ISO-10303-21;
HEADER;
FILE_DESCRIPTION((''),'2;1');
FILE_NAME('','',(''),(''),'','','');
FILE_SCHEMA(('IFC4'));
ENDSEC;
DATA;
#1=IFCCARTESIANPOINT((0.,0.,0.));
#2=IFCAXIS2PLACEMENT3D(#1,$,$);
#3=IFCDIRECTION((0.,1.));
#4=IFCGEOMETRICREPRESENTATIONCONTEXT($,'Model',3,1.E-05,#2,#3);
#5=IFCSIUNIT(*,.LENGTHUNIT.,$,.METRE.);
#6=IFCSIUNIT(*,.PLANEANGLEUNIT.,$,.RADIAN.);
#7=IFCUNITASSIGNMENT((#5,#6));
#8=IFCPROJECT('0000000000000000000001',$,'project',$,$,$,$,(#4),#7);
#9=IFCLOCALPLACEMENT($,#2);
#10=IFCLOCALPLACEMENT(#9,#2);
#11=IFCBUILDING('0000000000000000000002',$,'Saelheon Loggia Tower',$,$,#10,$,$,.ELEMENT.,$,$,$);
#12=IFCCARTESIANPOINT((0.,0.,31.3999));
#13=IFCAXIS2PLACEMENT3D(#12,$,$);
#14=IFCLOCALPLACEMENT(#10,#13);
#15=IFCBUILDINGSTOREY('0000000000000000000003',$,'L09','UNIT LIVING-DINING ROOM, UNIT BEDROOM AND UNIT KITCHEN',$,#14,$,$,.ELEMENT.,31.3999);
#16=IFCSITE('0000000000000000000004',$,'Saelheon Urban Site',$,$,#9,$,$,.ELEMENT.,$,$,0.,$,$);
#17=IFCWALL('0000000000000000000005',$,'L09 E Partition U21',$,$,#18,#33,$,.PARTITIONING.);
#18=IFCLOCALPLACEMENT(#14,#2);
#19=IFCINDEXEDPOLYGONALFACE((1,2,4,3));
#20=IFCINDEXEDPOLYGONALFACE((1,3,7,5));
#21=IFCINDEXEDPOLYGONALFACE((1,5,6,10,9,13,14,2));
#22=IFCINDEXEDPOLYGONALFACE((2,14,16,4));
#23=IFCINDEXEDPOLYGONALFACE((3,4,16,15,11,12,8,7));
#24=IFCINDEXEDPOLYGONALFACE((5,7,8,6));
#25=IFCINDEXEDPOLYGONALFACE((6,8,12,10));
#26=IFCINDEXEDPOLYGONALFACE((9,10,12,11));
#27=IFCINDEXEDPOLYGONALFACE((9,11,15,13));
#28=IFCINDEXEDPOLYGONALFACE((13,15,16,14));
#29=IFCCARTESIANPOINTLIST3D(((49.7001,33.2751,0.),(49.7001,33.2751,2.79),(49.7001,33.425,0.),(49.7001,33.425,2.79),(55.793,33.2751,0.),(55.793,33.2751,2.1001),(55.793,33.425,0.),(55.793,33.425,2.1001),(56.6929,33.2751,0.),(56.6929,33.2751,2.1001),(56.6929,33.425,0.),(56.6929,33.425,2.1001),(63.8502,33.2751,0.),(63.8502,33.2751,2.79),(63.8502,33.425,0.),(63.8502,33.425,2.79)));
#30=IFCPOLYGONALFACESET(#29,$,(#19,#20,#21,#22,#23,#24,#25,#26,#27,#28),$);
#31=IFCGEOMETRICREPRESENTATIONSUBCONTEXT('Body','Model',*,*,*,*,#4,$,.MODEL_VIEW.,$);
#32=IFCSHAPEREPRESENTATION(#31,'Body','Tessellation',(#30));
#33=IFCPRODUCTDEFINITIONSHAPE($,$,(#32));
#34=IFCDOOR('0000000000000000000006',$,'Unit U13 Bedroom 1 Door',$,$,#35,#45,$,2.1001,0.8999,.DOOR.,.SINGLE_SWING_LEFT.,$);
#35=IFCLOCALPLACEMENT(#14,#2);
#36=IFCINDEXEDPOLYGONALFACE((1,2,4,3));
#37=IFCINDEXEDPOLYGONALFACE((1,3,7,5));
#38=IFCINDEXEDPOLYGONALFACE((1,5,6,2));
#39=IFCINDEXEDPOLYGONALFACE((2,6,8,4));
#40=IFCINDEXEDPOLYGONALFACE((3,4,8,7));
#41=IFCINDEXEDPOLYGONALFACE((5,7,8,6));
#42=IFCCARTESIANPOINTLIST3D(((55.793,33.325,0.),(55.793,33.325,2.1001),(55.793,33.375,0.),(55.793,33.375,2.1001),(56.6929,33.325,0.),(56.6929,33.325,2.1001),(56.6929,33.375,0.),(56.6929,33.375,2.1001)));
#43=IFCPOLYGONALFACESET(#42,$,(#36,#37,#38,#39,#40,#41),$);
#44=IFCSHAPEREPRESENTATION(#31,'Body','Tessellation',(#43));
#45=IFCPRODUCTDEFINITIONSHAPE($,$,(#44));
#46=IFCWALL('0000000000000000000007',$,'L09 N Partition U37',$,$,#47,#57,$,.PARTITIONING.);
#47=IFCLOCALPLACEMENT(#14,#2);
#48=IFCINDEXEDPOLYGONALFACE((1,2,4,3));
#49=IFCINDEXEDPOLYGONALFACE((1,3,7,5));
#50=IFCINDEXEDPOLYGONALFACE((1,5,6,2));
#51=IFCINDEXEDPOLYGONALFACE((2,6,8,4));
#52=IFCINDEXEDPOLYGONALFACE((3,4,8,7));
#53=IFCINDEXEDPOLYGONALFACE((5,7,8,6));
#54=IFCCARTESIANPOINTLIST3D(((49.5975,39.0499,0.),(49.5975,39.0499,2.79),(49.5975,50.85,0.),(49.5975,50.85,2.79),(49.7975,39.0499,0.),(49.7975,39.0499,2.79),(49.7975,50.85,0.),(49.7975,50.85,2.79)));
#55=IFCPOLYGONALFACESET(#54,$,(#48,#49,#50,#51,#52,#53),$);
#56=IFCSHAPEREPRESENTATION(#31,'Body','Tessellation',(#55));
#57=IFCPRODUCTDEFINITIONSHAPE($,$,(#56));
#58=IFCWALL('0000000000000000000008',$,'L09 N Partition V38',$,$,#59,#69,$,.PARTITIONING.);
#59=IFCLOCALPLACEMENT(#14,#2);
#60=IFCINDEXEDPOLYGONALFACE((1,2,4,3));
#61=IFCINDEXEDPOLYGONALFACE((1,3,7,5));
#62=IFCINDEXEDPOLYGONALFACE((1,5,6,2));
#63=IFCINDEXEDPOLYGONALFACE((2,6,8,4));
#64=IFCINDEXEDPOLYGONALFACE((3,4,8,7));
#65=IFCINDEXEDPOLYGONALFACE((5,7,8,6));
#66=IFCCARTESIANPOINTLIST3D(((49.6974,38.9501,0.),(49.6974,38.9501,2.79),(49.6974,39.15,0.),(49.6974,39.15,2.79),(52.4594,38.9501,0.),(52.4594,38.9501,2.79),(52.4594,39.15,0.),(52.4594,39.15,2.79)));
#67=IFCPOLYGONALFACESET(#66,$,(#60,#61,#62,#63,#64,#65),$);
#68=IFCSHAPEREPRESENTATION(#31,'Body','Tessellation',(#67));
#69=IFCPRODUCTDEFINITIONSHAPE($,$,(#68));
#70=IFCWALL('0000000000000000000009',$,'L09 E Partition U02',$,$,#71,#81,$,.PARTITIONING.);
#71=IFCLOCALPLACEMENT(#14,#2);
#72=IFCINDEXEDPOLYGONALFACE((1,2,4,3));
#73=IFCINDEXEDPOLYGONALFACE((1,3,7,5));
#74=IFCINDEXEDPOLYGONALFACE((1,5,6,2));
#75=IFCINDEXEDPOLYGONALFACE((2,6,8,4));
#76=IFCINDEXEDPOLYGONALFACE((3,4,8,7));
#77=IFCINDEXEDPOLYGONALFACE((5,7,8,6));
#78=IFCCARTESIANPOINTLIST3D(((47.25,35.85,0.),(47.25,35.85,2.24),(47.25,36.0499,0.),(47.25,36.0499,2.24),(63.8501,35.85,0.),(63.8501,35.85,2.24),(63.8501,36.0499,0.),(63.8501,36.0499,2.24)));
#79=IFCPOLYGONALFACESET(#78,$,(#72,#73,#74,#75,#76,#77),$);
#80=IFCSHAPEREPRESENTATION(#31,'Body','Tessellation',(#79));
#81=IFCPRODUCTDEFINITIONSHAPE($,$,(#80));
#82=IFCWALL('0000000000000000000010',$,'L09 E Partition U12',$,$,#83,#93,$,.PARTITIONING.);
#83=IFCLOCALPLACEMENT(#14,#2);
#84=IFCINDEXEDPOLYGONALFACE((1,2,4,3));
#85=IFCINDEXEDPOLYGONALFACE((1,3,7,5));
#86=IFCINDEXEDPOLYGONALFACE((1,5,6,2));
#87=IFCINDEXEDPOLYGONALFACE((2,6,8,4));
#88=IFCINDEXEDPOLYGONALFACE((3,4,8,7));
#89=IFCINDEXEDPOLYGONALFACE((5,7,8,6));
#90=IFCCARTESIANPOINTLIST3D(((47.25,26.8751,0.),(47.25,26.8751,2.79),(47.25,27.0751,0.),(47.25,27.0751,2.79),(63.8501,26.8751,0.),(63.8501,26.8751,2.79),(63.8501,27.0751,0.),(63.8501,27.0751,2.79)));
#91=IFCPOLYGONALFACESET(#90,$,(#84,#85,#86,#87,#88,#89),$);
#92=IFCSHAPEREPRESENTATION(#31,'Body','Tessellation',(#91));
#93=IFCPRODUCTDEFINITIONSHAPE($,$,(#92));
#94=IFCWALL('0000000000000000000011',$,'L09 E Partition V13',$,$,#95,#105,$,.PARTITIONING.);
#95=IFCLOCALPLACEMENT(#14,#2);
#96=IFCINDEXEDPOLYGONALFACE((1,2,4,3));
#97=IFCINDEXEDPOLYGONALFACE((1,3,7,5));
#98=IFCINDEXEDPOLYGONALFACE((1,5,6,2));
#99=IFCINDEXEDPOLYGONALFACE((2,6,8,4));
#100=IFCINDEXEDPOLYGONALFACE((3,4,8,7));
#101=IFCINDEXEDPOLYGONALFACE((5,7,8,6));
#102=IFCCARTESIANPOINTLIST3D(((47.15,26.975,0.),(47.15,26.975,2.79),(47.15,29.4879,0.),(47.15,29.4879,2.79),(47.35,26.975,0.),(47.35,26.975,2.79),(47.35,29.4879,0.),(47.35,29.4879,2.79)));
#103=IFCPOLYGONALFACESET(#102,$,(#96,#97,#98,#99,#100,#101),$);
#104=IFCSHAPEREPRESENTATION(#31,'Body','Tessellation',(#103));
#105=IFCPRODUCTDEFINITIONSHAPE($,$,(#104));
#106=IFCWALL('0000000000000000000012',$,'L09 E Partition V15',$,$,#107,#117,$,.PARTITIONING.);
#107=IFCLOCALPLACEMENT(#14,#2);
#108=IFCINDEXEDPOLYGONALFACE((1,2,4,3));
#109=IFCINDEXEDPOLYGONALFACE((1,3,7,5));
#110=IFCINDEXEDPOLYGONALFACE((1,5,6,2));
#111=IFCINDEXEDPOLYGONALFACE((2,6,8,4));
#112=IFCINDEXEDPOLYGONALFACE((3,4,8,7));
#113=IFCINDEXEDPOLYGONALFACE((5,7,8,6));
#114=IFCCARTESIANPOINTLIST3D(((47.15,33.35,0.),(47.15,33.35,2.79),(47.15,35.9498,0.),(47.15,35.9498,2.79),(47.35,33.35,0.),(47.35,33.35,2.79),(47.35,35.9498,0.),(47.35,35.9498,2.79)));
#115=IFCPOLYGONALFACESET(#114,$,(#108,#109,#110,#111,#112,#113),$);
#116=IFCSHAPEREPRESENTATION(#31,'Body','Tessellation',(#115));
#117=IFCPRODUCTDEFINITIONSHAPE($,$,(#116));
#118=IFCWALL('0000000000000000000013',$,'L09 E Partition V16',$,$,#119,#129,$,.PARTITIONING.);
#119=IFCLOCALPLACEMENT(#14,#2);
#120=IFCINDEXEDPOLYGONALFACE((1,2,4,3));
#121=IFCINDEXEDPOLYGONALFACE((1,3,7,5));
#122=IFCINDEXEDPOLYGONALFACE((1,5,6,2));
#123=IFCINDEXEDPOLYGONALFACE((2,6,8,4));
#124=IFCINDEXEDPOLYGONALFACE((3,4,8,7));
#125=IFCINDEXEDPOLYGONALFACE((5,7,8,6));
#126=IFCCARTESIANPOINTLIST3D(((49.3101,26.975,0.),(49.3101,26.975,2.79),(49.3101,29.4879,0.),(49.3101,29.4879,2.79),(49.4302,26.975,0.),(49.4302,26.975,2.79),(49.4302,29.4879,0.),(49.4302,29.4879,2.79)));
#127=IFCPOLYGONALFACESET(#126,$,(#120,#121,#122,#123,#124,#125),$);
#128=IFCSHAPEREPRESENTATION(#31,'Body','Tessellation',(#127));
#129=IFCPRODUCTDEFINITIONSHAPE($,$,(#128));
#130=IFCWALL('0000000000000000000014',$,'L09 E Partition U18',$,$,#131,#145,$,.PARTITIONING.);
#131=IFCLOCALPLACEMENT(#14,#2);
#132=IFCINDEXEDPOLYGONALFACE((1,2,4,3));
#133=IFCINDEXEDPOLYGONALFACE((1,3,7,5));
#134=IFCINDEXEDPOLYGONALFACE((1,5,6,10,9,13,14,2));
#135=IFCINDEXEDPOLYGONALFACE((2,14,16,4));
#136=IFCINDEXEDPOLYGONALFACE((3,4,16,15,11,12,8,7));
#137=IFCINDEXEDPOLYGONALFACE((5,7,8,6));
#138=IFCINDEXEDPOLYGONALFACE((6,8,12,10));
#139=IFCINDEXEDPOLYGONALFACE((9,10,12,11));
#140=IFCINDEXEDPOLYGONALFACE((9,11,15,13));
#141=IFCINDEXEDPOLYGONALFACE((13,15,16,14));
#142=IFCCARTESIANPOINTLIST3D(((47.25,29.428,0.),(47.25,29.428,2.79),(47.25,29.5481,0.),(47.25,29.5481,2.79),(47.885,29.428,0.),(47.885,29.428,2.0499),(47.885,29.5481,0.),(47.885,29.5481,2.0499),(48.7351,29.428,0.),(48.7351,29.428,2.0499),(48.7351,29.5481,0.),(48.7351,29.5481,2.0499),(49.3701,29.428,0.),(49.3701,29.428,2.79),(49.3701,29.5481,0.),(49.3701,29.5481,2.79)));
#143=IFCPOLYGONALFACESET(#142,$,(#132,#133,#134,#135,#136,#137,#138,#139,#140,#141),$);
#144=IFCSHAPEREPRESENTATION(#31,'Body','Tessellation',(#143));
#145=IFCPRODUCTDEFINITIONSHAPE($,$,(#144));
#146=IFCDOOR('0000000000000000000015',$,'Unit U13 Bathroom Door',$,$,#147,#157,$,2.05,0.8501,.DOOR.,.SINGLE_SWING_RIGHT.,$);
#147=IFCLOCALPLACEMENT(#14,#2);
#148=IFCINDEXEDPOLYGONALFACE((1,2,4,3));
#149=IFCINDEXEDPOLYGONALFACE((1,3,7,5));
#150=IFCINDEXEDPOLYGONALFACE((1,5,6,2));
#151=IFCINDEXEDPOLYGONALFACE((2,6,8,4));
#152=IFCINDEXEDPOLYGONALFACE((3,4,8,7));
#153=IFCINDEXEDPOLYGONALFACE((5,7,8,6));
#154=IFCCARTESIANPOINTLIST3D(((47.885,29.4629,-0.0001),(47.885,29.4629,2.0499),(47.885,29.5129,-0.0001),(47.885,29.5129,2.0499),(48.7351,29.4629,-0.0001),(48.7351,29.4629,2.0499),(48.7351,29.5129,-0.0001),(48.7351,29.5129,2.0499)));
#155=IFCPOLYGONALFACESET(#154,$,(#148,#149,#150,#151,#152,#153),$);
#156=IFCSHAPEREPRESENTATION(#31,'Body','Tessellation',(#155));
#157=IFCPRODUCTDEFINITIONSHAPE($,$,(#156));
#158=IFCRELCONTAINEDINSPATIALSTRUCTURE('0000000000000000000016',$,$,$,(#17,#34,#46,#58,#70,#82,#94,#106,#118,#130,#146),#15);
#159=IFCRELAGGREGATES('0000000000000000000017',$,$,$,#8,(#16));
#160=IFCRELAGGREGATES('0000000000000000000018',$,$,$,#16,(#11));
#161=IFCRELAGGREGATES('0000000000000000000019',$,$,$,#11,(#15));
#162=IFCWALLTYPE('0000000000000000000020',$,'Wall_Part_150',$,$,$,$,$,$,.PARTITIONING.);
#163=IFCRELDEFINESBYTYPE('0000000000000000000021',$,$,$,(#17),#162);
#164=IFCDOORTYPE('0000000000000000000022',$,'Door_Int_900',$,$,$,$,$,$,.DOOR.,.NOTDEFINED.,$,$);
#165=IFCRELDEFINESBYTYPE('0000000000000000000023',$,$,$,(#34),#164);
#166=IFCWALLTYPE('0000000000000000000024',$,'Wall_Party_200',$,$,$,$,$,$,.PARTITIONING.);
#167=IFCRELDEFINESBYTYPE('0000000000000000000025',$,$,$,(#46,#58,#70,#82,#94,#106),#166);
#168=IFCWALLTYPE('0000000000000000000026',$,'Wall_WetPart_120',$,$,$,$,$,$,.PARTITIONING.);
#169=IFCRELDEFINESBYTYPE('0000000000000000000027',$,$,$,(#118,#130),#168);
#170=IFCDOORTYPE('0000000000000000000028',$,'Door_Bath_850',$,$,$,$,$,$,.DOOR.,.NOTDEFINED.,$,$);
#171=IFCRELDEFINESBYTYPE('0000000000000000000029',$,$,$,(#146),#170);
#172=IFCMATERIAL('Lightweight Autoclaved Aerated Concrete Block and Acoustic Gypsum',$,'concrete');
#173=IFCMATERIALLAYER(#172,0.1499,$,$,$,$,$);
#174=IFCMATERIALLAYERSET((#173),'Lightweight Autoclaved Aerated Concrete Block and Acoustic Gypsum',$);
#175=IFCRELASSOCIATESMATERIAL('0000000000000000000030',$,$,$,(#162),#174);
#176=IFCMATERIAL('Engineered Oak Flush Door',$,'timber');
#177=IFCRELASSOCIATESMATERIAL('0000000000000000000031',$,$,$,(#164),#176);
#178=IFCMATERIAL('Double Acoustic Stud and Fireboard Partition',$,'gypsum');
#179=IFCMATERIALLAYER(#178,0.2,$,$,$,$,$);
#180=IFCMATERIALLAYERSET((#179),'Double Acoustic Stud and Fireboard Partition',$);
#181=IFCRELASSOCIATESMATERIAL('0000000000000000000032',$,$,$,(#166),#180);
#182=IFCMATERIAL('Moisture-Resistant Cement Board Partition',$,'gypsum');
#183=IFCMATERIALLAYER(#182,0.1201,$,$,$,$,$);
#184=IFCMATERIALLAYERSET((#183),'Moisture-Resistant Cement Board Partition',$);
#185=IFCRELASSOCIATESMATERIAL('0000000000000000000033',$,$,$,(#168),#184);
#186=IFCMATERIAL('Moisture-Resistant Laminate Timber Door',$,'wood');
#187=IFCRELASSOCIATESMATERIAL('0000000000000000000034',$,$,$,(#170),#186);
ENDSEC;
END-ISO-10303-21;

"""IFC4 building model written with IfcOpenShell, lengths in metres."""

from ifc_helpers import new_model, si_unit, direction, frame, frame_2d, origin, place, context, subcontext, project, spatial, rectangle, extrude, source, transform, mapped, material, layer, layer_set, type_object, element, fill, save


model = new_model("IFC4")

# Units and contexts
model_context = context("Model", 3, precision=1e-05, world=origin(), true_north=direction((0.0, 1.0)))
body_context = subcontext(model_context, "Body", "Model", "MODEL_VIEW")
ifc_project = project(units=[si_unit("LENGTHUNIT", "METRE"), si_unit("PLANEANGLEUNIT", "RADIAN")], contexts=[model_context])

# Site, building, storey
site_placement = place(None, origin())
site = spatial("IfcSite", under=ifc_project, at=site_placement, Name="Saelheon Urban Site", CompositionType="ELEMENT", RefElevation=0.0)
building_placement = place(site_placement, origin())
building = spatial("IfcBuilding", under=site, at=building_placement, Name="Saelheon Loggia Tower", CompositionType="ELEMENT")
storey_placement = place(building_placement, frame((0.0, 0.0, 31.3999)))
storey = spatial("IfcBuildingStorey", under=building, at=storey_placement, Name="L09", Description="UNIT LIVING-DINING ROOM, UNIT BEDROOM AND UNIT KITCHEN", CompositionType="ELEMENT", Elevation=31.3999)

# Shared definitions
ifc_material_1 = material(Name="Lightweight Autoclaved Aerated Concrete Block and Acoustic Gypsum", Category="concrete")
ifc_layer_1 = layer(ifc_material_1, 0.1499)
ifc_layer_set_1 = layer_set([ifc_layer_1], Name="Lightweight Autoclaved Aerated Concrete Block and Acoustic Gypsum")
wall_type_1 = type_object("IfcWallType", Name="Wall_Part_150", PredefinedType="PARTITIONING", material=ifc_layer_set_1)
ifc_material_2 = material(Name="Engineered Oak Flush Door", Category="timber")
door_type_1 = type_object("IfcDoorType", Name="Door_Int_900", OperationType="NOTDEFINED", PredefinedType="DOOR", material=ifc_material_2)
shared_shape_1 = source(origin(), body_context, "Body", "SweptSolid", [
    extrude(rectangle(XDim=0.8999, YDim=2.1001, at=frame_2d((0.45, 1.05))), frame((0.0, 0.0249, 0.0), z_axis=(0.0, -1.0, 0.0), x_axis=(1.0, 0.0, 0.0)), (0.0, 0.0, 1.0), 0.05),
])

# Wall, opening, door
wall_1_placement = place(storey_placement, frame((49.7, 33.3501, 0.0), z_axis=(0.0, 0.0, 1.0), x_axis=(1.0, 0.0, 0.0)))
wall_1 = element("IfcWall", 1, at=wall_1_placement, inside=storey, type_object=wall_type_1, Name="L09 E Partition U21", PredefinedType="PARTITIONING", context=body_context, shape_type="SweptSolid", body=[
    extrude(rectangle(XDim=14.1501, YDim=0.1499, at=frame_2d((7.0752, 0.0))), origin(), (0.0, 0.0, 1.0), 2.79),
])
opening_1_placement = place(wall_1_placement, frame((6.093, 0.0, 0.0)))
opening_1 = element("IfcOpeningElement", 2, at=opening_1_placement, cuts=wall_1, PredefinedType="OPENING", context=body_context, shape_type="SweptSolid", body=[
    extrude(rectangle(XDim=0.8999, YDim=2.1001, at=frame_2d((0.45, 1.05))), frame((0.0, 0.0869, 0.0), z_axis=(0.0, -1.0, 0.0), x_axis=(1.0, 0.0, 0.0)), (0.0, 0.0, 1.0), 0.1738),
])
door_1_placement = place(opening_1_placement, origin())
door_1 = element("IfcDoor", 3, at=door_1_placement, inside=storey, type_object=door_type_1, Name="Unit U13 Bedroom 1 Door", OperationType="SINGLE_SWING_LEFT", OverallHeight=2.1001, OverallWidth=0.8999, PredefinedType="DOOR", context=body_context, shape_type="MappedRepresentation", body=[
    mapped(shared_shape_1, transform((0.0, 0.0, 0.0), scale=1.0)),
])
fill(opening_1, door_1)

# Walls
ifc_material_3 = material(Name="Double Acoustic Stud and Fireboard Partition", Category="gypsum")
ifc_layer_2 = layer(ifc_material_3, 0.2)
ifc_layer_set_2 = layer_set([ifc_layer_2], Name="Double Acoustic Stud and Fireboard Partition")
wall_type_2 = type_object("IfcWallType", Name="Wall_Party_200", PredefinedType="PARTITIONING", material=ifc_layer_set_2)
wall_2_placement = place(storey_placement, frame((49.6975, 39.05, 0.0), z_axis=(0.0, 0.0, 1.0), x_axis=(0.0, 1.0, 0.0)))
element("IfcWall", 4, at=wall_2_placement, inside=storey, type_object=wall_type_2, Name="L09 N Partition U37", PredefinedType="PARTITIONING", context=body_context, shape_type="SweptSolid", body=[
    extrude(rectangle(XDim=11.8, YDim=0.2, at=frame_2d((5.8999, 0.0))), origin(), (0.0, 0.0, 1.0), 2.79),
])
wall_3_placement = place(storey_placement, frame((49.6975, 39.05, 0.0), z_axis=(0.0, 0.0, 1.0), x_axis=(1.0, 0.0, 0.0)))
element("IfcWall", 5, at=wall_3_placement, inside=storey, type_object=wall_type_2, Name="L09 N Partition V38", PredefinedType="PARTITIONING", context=body_context, shape_type="SweptSolid", body=[
    extrude(rectangle(XDim=2.762, YDim=0.2, at=frame_2d((1.3809, 0.0))), origin(), (0.0, 0.0, 1.0), 2.79),
])
wall_4_placement = place(storey_placement, frame((47.25, 35.95, 0.0), z_axis=(0.0, 0.0, 1.0), x_axis=(1.0, 0.0, 0.0)))
element("IfcWall", 6, at=wall_4_placement, inside=storey, type_object=wall_type_2, Name="L09 E Partition U02", PredefinedType="PARTITIONING", context=body_context, shape_type="SweptSolid", body=[
    extrude(rectangle(XDim=16.6001, YDim=0.2, at=frame_2d((8.3, 0.0))), origin(), (0.0, 0.0, 1.0), 2.24),
])
wall_5_placement = place(storey_placement, frame((47.25, 26.9751, 0.0), z_axis=(0.0, 0.0, 1.0), x_axis=(1.0, 0.0, 0.0)))
element("IfcWall", 7, at=wall_5_placement, inside=storey, type_object=wall_type_2, Name="L09 E Partition U12", PredefinedType="PARTITIONING", context=body_context, shape_type="SweptSolid", body=[
    extrude(rectangle(XDim=16.6001, YDim=0.2, at=frame_2d((8.3, 0.0))), origin(), (0.0, 0.0, 1.0), 2.79),
])
wall_6_placement = place(storey_placement, frame((47.25, 26.9751, 0.0), z_axis=(0.0, 0.0, 1.0), x_axis=(0.0, 1.0, 0.0)))
element("IfcWall", 8, at=wall_6_placement, inside=storey, type_object=wall_type_2, Name="L09 E Partition V13", PredefinedType="PARTITIONING", context=body_context, shape_type="SweptSolid", body=[
    extrude(rectangle(XDim=2.5129, YDim=0.2, at=frame_2d((1.2563, 0.0))), origin(), (0.0, 0.0, 1.0), 2.79),
])

# Walls
wall_7_placement = place(storey_placement, frame((47.25, 33.3501, 0.0), z_axis=(0.0, 0.0, 1.0), x_axis=(0.0, 1.0, 0.0)))
element("IfcWall", 9, at=wall_7_placement, inside=storey, type_object=wall_type_2, Name="L09 E Partition V15", PredefinedType="PARTITIONING", context=body_context, shape_type="SweptSolid", body=[
    extrude(rectangle(XDim=2.5999, YDim=0.2, at=frame_2d((1.2998, 0.0))), origin(), (0.0, 0.0, 1.0), 2.79),
])
ifc_material_4 = material(Name="Moisture-Resistant Cement Board Partition", Category="gypsum")
ifc_layer_3 = layer(ifc_material_4, 0.1201)
ifc_layer_set_3 = layer_set([ifc_layer_3], Name="Moisture-Resistant Cement Board Partition")
wall_type_3 = type_object("IfcWallType", Name="Wall_WetPart_120", PredefinedType="PARTITIONING", material=ifc_layer_set_3)
wall_8_placement = place(storey_placement, frame((49.3701, 26.9751, 0.0), z_axis=(0.0, 0.0, 1.0), x_axis=(0.0, 1.0, 0.0)))
element("IfcWall", 10, at=wall_8_placement, inside=storey, type_object=wall_type_3, Name="L09 E Partition V16", PredefinedType="PARTITIONING", context=body_context, shape_type="SweptSolid", body=[
    extrude(rectangle(XDim=2.5129, YDim=0.1201, at=frame_2d((1.2563, 0.0))), origin(), (0.0, 0.0, 1.0), 2.79),
])

# Wall, opening, door
wall_9_placement = place(storey_placement, frame((47.25, 29.488, 0.0), z_axis=(0.0, 0.0, 1.0), x_axis=(1.0, 0.0, 0.0)))
wall_9 = element("IfcWall", 11, at=wall_9_placement, inside=storey, type_object=wall_type_3, Name="L09 E Partition U18", PredefinedType="PARTITIONING", context=body_context, shape_type="SweptSolid", body=[
    extrude(rectangle(XDim=2.1201, YDim=0.1201, at=frame_2d((1.0601, 0.0))), origin(), (0.0, 0.0, 1.0), 2.79),
])
opening_2_placement = place(wall_9_placement, frame((0.635, 0.0, 0.0)))
opening_2 = element("IfcOpeningElement", 12, at=opening_2_placement, cuts=wall_9, PredefinedType="OPENING", context=body_context, shape_type="SweptSolid", body=[
    extrude(rectangle(XDim=0.8501, YDim=2.05, at=frame_2d((0.425, 1.0249))), frame((0.0, 0.072, 0.0), z_axis=(0.0, -1.0, 0.0), x_axis=(1.0, 0.0, 0.0)), (0.0, 0.0, 1.0), 0.144),
])
ifc_material_5 = material(Name="Moisture-Resistant Laminate Timber Door", Category="wood")
door_type_2 = type_object("IfcDoorType", Name="Door_Bath_850", OperationType="NOTDEFINED", PredefinedType="DOOR", material=ifc_material_5)
shared_shape_2 = source(origin(), body_context, "Body", "SweptSolid", [
    extrude(rectangle(XDim=0.8501, YDim=2.05, at=frame_2d((0.425, 1.0249))), frame((0.0, 0.0249, 0.0), z_axis=(0.0, -1.0, 0.0), x_axis=(1.0, 0.0, 0.0)), (0.0, 0.0, 1.0), 0.05),
])
door_2_placement = place(opening_2_placement, origin())
door_2 = element("IfcDoor", 13, at=door_2_placement, inside=storey, type_object=door_type_2, Name="Unit U13 Bathroom Door", OperationType="SINGLE_SWING_RIGHT", OverallHeight=2.05, OverallWidth=0.8501, PredefinedType="DOOR", context=body_context, shape_type="MappedRepresentation", body=[
    mapped(shared_shape_2, transform((0.0, 0.0, 0.0), scale=1.0)),
])
fill(opening_2, door_2)

save(model, "model.ifc")
